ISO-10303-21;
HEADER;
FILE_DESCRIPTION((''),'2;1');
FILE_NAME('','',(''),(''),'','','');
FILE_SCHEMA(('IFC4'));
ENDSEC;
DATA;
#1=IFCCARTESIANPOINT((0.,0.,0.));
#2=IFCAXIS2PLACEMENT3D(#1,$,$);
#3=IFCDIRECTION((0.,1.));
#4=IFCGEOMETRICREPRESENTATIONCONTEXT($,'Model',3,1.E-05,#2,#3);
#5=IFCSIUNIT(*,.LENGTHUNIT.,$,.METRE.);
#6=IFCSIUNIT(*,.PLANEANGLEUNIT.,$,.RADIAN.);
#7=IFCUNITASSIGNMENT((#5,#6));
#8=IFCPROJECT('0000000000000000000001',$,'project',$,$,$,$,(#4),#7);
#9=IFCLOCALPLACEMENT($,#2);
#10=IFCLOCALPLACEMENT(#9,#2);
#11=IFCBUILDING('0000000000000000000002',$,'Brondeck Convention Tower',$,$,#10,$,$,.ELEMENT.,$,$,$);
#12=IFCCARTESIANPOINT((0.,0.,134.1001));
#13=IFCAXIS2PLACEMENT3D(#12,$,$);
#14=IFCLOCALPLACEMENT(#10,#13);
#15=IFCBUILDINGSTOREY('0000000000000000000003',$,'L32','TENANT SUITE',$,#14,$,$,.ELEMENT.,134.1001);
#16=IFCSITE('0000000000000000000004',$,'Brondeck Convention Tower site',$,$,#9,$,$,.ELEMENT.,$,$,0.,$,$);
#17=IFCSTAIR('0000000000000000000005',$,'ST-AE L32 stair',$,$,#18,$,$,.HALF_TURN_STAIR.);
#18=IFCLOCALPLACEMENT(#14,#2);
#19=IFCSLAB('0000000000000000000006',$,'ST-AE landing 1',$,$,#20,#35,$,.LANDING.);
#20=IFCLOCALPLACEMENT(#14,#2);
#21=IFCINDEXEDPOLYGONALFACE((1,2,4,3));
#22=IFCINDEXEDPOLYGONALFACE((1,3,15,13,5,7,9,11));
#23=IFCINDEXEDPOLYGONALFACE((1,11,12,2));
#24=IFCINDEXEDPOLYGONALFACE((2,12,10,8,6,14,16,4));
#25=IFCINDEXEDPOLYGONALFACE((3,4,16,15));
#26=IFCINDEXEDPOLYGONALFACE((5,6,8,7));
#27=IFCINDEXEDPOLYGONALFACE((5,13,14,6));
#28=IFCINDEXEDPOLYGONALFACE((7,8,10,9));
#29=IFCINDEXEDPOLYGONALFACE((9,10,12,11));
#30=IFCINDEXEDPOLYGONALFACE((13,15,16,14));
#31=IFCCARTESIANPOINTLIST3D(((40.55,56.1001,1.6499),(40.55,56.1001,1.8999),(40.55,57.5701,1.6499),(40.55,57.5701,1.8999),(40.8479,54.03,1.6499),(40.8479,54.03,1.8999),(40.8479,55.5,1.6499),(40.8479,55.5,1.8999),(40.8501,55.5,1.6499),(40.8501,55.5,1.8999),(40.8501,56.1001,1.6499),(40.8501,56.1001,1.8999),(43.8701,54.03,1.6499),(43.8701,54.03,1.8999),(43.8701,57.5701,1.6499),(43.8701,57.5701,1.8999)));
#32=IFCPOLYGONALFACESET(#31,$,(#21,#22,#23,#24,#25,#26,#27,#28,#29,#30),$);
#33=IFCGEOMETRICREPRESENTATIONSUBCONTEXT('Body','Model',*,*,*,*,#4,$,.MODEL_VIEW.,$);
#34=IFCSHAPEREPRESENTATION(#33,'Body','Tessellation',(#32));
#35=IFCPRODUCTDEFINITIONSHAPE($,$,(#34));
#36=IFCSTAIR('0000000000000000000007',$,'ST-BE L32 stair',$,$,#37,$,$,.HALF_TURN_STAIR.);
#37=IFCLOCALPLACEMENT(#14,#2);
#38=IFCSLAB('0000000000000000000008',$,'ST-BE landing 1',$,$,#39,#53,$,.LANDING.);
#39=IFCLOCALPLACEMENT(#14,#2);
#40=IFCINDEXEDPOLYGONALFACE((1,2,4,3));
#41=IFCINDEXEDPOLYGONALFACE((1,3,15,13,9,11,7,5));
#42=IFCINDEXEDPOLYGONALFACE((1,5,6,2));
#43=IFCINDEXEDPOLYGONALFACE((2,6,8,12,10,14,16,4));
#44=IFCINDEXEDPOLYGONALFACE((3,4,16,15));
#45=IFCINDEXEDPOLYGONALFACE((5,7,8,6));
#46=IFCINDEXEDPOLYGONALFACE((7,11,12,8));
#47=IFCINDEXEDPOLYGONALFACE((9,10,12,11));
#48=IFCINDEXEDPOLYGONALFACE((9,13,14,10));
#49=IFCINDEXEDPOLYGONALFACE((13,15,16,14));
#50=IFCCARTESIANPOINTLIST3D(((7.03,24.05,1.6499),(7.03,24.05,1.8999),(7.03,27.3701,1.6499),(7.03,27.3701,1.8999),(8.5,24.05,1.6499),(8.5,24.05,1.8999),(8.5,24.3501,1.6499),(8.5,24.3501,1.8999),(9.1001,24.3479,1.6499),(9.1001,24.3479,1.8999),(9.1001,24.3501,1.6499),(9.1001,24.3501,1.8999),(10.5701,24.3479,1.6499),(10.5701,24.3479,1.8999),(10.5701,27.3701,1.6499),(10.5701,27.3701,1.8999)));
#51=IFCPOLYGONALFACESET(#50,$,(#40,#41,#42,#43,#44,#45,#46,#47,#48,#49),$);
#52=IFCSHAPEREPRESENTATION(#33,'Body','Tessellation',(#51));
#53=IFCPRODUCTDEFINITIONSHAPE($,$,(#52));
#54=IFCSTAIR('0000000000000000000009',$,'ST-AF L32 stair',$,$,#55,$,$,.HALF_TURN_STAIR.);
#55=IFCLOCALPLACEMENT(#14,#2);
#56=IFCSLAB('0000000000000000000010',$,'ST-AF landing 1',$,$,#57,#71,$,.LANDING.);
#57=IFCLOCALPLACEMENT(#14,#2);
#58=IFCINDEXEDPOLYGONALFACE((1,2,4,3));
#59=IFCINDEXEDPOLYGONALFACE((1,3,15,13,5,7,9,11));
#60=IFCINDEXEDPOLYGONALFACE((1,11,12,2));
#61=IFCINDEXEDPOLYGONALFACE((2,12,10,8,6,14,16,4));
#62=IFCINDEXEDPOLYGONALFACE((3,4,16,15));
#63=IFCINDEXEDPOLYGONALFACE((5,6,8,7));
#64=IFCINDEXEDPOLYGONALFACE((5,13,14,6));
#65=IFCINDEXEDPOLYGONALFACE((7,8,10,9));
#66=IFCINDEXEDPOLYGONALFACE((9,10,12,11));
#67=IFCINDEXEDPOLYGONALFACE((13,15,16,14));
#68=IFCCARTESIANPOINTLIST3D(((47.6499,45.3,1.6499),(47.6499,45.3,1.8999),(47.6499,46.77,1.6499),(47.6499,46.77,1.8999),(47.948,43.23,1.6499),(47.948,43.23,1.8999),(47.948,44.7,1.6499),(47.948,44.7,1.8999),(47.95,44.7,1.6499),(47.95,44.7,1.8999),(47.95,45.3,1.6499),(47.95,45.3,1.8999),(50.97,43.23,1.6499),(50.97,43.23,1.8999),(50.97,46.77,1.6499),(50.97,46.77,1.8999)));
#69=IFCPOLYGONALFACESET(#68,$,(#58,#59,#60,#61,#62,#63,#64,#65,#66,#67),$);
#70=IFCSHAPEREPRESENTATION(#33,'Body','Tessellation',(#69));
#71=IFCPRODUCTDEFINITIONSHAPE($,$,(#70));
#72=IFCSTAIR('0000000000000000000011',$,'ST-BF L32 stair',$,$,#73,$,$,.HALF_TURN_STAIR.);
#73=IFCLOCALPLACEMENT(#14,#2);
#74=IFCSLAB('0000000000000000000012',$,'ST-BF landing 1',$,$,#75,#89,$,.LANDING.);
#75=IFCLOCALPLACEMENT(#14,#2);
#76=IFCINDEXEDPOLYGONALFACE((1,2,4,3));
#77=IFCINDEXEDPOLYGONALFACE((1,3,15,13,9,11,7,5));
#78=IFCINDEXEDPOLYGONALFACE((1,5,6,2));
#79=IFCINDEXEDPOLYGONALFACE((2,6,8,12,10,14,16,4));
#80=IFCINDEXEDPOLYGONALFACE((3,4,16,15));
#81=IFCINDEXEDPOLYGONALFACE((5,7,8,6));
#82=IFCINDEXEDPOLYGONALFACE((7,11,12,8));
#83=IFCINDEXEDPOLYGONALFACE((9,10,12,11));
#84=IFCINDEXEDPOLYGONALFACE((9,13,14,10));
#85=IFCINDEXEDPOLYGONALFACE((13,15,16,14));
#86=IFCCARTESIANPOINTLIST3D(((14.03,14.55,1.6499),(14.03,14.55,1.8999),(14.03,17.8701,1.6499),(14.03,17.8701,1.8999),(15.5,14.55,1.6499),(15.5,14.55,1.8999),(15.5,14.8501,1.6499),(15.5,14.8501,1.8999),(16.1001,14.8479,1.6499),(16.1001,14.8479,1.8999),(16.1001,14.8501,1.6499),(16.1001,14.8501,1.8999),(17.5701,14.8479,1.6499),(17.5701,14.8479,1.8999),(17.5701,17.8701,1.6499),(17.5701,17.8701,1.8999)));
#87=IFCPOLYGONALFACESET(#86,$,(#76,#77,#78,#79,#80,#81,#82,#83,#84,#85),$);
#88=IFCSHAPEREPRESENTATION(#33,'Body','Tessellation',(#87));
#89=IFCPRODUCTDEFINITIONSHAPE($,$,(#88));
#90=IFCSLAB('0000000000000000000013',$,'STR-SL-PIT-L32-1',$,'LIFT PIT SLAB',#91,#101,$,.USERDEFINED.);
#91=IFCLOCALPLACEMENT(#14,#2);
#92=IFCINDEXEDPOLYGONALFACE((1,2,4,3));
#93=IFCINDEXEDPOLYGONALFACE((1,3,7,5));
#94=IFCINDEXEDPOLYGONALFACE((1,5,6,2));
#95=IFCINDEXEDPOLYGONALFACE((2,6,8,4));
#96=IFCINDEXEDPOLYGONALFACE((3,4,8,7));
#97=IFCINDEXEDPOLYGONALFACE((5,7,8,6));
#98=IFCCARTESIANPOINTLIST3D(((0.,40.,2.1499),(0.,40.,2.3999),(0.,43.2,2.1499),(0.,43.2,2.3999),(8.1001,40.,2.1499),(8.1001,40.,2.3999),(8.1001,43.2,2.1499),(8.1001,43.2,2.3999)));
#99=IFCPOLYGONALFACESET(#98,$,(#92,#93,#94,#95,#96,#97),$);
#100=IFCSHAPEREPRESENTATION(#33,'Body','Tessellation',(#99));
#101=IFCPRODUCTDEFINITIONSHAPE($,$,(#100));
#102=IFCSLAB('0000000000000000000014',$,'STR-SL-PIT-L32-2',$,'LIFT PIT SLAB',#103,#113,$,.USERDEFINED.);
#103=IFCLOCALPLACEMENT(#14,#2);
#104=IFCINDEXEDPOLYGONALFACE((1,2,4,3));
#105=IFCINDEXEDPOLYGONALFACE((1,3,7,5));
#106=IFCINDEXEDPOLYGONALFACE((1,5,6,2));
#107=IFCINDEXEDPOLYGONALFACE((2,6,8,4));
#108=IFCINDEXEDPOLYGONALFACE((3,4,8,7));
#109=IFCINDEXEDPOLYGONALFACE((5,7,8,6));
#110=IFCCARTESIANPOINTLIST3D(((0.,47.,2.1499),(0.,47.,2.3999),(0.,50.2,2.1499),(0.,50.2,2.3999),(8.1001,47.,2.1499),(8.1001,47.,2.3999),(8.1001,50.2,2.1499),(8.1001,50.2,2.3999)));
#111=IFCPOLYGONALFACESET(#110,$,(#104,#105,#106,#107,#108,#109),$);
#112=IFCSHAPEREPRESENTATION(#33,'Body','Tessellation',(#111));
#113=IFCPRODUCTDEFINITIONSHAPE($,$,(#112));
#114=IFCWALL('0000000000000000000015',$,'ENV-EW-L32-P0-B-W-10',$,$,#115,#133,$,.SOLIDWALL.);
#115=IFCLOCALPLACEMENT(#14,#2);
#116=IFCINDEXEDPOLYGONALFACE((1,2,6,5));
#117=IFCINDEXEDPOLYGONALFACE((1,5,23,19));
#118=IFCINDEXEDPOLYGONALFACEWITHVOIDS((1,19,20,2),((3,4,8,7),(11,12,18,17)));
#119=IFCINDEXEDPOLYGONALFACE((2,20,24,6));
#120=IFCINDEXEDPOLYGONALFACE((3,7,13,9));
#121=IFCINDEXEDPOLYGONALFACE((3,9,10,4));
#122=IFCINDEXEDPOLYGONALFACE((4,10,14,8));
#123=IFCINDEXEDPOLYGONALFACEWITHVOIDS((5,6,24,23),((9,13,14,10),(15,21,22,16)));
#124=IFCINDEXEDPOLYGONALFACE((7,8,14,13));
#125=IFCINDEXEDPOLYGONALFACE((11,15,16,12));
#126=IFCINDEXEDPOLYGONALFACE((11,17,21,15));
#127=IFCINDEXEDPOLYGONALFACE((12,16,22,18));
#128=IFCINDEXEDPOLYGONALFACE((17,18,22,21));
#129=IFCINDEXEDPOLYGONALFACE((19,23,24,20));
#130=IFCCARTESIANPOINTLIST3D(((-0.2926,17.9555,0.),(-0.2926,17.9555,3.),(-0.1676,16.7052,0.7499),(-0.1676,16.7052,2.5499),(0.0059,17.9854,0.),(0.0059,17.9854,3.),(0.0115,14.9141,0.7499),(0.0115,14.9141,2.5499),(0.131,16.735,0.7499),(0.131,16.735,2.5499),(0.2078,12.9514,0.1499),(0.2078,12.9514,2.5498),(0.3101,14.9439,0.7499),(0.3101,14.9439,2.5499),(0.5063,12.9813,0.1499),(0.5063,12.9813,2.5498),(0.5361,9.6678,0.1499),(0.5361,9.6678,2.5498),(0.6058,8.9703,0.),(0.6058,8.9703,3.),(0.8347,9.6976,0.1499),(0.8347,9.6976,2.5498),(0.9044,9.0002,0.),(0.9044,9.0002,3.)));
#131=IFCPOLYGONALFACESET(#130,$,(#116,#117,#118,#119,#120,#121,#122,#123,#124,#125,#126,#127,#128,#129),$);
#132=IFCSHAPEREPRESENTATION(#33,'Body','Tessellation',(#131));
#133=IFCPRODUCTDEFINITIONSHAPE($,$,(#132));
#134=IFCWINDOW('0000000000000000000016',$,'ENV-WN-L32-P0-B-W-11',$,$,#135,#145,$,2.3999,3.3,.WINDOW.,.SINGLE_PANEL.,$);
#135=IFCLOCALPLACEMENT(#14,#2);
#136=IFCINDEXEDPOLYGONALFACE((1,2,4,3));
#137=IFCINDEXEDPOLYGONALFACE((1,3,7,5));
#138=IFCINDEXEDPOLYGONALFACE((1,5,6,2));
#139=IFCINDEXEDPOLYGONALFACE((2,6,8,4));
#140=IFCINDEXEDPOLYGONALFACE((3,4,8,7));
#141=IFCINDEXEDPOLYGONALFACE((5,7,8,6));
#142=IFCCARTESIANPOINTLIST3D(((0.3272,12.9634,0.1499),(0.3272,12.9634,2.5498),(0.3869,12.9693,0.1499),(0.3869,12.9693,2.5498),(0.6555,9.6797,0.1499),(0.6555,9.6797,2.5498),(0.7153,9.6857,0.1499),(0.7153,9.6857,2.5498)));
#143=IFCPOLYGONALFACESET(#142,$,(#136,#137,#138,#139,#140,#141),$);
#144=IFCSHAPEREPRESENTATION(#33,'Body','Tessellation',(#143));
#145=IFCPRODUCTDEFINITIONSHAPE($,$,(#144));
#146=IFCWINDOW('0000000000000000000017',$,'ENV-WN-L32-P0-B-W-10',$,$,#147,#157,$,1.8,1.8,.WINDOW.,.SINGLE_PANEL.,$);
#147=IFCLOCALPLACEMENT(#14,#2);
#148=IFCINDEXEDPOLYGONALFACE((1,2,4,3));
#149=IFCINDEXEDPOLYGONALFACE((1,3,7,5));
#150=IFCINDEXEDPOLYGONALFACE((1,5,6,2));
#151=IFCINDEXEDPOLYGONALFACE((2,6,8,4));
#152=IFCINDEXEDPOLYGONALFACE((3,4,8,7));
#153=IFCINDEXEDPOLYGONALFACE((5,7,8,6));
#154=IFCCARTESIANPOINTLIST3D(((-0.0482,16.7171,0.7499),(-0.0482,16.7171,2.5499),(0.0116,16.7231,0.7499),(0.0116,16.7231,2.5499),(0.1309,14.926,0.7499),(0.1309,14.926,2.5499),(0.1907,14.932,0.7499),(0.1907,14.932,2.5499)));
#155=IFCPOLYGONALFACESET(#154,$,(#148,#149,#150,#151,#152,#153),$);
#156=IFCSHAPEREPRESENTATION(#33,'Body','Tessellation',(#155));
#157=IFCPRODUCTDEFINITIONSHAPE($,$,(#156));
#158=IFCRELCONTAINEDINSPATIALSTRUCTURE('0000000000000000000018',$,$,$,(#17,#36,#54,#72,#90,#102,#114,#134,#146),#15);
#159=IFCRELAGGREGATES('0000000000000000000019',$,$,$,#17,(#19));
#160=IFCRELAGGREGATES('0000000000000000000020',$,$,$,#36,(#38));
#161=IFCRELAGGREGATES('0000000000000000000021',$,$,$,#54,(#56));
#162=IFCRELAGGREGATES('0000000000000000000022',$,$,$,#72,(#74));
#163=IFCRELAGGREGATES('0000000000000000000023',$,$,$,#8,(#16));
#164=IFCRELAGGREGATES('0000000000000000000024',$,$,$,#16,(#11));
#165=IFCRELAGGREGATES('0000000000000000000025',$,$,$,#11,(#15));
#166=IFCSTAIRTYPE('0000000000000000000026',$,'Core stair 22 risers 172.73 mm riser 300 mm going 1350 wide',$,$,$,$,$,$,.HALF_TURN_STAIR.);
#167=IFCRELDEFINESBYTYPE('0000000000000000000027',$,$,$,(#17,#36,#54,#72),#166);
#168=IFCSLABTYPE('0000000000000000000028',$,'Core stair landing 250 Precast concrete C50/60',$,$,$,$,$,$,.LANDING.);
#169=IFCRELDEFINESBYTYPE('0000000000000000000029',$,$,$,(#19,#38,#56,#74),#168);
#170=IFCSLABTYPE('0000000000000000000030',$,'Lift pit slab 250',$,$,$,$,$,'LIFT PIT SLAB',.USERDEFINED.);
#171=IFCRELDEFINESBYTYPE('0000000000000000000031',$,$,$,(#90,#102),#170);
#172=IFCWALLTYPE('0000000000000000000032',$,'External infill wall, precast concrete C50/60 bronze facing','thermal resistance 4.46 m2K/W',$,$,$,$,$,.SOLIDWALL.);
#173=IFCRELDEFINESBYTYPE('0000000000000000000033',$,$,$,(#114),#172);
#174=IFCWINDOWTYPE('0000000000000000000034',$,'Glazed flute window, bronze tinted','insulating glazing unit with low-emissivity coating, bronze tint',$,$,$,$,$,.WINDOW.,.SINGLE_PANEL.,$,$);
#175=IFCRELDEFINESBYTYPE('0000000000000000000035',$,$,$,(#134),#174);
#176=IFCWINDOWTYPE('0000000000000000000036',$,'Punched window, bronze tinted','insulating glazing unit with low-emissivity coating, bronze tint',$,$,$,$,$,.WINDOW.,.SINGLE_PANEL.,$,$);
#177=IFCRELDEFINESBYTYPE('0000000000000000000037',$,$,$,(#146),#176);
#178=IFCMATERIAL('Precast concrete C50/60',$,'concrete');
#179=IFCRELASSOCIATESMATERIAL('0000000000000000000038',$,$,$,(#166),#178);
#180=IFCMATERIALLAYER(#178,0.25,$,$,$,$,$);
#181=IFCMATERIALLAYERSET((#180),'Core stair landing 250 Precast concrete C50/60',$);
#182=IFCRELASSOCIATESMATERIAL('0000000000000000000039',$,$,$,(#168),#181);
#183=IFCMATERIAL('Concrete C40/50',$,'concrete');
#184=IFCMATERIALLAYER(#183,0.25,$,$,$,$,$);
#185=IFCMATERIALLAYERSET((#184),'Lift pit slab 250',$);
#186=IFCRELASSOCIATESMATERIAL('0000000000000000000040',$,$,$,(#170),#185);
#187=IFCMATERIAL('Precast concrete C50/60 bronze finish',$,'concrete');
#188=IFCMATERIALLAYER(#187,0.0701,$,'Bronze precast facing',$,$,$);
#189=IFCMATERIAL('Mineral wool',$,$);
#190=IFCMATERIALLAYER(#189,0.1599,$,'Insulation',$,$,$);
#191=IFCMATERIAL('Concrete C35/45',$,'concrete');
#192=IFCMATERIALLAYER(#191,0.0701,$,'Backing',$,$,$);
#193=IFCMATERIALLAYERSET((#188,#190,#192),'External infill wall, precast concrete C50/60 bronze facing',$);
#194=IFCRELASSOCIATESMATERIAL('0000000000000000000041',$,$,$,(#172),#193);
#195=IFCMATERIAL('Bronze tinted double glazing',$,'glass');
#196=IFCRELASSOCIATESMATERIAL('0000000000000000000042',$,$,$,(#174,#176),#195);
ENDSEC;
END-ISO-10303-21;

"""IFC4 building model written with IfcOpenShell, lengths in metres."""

from ifc_helpers import new_model, si_unit, direction, frame, frame_2d, origin, place, context, subcontext, project, spatial, polyline, rectangle, outline, extrude, material, layer, layer_set, type_object, element, fill, aggregate, save


model = new_model("IFC4")

# Units and contexts
model_context = context("Model", 3, precision=1e-05, world=origin(), true_north=direction((0.0, 1.0)))
body_context = subcontext(model_context, "Body", "Model", "MODEL_VIEW")
ifc_project = project(units=[si_unit("LENGTHUNIT", "METRE"), si_unit("PLANEANGLEUNIT", "RADIAN")], contexts=[model_context])

# Site, building, storey
site_placement = place(None, origin())
site = spatial("IfcSite", under=ifc_project, at=site_placement, Name="Brondeck Convention Tower site", CompositionType="ELEMENT", RefElevation=0.0)
building_placement = place(site_placement, origin())
building = spatial("IfcBuilding", under=site, at=building_placement, Name="Brondeck Convention Tower", CompositionType="ELEMENT")
storey_placement = place(building_placement, frame((0.0, 0.0, 134.1001)))
storey = spatial("IfcBuildingStorey", under=building, at=storey_placement, Name="L32", Description="TENANT SUITE", CompositionType="ELEMENT", Elevation=134.1001)

# Shared definitions
ifc_material_1 = material(Name="Concrete C35/45", Category="concrete")

# Stairs, slabs
ifc_material_2 = material(Name="Precast concrete C50/60", Category="concrete")
stair_type = type_object("IfcStairType", Name="Core stair 22 risers 172.73 mm riser 300 mm going 1350 wide", PredefinedType="HALF_TURN_STAIR", material=ifc_material_2)
ifc_layer_1 = layer(ifc_material_2, 0.25)
ifc_layer_set_1 = layer_set([ifc_layer_1], Name="Core stair landing 250 Precast concrete C50/60")
slab_type_1 = type_object("IfcSlabType", Name="Core stair landing 250 Precast concrete C50/60", PredefinedType="LANDING", material=ifc_layer_set_1)
stair_1_placement = place(storey_placement, origin())
stair_1 = element("IfcStair", 1, at=stair_1_placement, inside=storey, type_object=stair_type, Name="ST-AE L32 stair", PredefinedType="HALF_TURN_STAIR")
slab_1_placement = place(storey_placement, frame((0.0, 0.0, 1.6499)))
slab_1 = element("IfcSlab", 2, at=slab_1_placement, type_object=slab_type_1, Name="ST-AE landing 1", PredefinedType="LANDING", context=body_context, shape_type="SweptSolid", body=[
    extrude(outline(polyline([(40.8479, 55.5), (40.8501, 55.5), (40.8501, 56.1001), (40.55, 56.1001), (40.55, 57.5701), (43.8701, 57.5701), (43.8701, 54.03), (40.8479, 54.03), (40.8479, 55.5)])), origin(), (0.0, 0.0, 1.0), 0.25),
])
aggregate(stair_1, [slab_1])
stair_2_placement = place(storey_placement, origin())
stair_2 = element("IfcStair", 3, at=stair_2_placement, inside=storey, type_object=stair_type, Name="ST-BE L32 stair", PredefinedType="HALF_TURN_STAIR")
slab_2_placement = place(storey_placement, frame((0.0, 0.0, 1.6499)))
slab_2 = element("IfcSlab", 4, at=slab_2_placement, type_object=slab_type_1, Name="ST-BE landing 1", PredefinedType="LANDING", context=body_context, shape_type="SweptSolid", body=[
    extrude(outline(polyline([(7.03, 24.05), (7.03, 27.3701), (10.5701, 27.3701), (10.5701, 24.3479), (9.1001, 24.3479), (9.1001, 24.3501), (8.5, 24.3501), (8.5, 24.05), (7.03, 24.05)])), origin(), (0.0, 0.0, 1.0), 0.25),
])
aggregate(stair_2, [slab_2])
stair_3_placement = place(storey_placement, origin())
stair_3 = element("IfcStair", 5, at=stair_3_placement, inside=storey, type_object=stair_type, Name="ST-AF L32 stair", PredefinedType="HALF_TURN_STAIR")
slab_3_placement = place(storey_placement, frame((0.0, 0.0, 1.6499)))
slab_3 = element("IfcSlab", 6, at=slab_3_placement, type_object=slab_type_1, Name="ST-AF landing 1", PredefinedType="LANDING", context=body_context, shape_type="SweptSolid", body=[
    extrude(outline(polyline([(47.948, 44.7), (47.95, 44.7), (47.95, 45.3), (47.6499, 45.3), (47.6499, 46.77), (50.97, 46.77), (50.97, 43.23), (47.948, 43.23), (47.948, 44.7)])), origin(), (0.0, 0.0, 1.0), 0.25),
])
aggregate(stair_3, [slab_3])
stair_4_placement = place(storey_placement, origin())
stair_4 = element("IfcStair", 7, at=stair_4_placement, inside=storey, type_object=stair_type, Name="ST-BF L32 stair", PredefinedType="HALF_TURN_STAIR")
slab_4_placement = place(storey_placement, frame((0.0, 0.0, 1.6499)))
slab_4 = element("IfcSlab", 8, at=slab_4_placement, type_object=slab_type_1, Name="ST-BF landing 1", PredefinedType="LANDING", context=body_context, shape_type="SweptSolid", body=[
    extrude(outline(polyline([(14.03, 14.55), (14.03, 17.8701), (17.5701, 17.8701), (17.5701, 14.8479), (16.1001, 14.8479), (16.1001, 14.8501), (15.5, 14.8501), (15.5, 14.55), (14.03, 14.55)])), origin(), (0.0, 0.0, 1.0), 0.25),
])
aggregate(stair_4, [slab_4])

# Slabs
ifc_material_3 = material(Name="Concrete C40/50", Category="concrete")
ifc_layer_2 = layer(ifc_material_3, 0.25)
ifc_layer_set_2 = layer_set([ifc_layer_2], Name="Lift pit slab 250")
slab_type_2 = type_object("IfcSlabType", Name="Lift pit slab 250", ElementType="LIFT PIT SLAB", PredefinedType="USERDEFINED", material=ifc_layer_set_2)
slab_5_placement = place(storey_placement, frame((0.0, 0.0, 2.1499)))
element("IfcSlab", 9, at=slab_5_placement, inside=storey, type_object=slab_type_2, Name="STR-SL-PIT-L32-1", ObjectType="LIFT PIT SLAB", PredefinedType="USERDEFINED", context=body_context, shape_type="SweptSolid", body=[
    extrude(outline(polyline([(8.1001, 40.0), (8.1001, 43.2), (0.0, 43.2), (0.0, 40.0), (8.1001, 40.0)])), origin(), (0.0, 0.0, 1.0), 0.25),
])
slab_6_placement = place(storey_placement, frame((0.0, 0.0, 2.1499)))
element("IfcSlab", 10, at=slab_6_placement, inside=storey, type_object=slab_type_2, Name="STR-SL-PIT-L32-2", ObjectType="LIFT PIT SLAB", PredefinedType="USERDEFINED", context=body_context, shape_type="SweptSolid", body=[
    extrude(outline(polyline([(8.1001, 47.0), (8.1001, 50.2), (0.0, 50.2), (0.0, 47.0), (8.1001, 47.0)])), origin(), (0.0, 0.0, 1.0), 0.25),
])

# Wall, openings, windows
ifc_material_4 = material(Name="Precast concrete C50/60 bronze finish", Category="concrete")
ifc_layer_3 = layer(ifc_material_4, 0.0701, Name="Bronze precast facing")
ifc_material_5 = material(Name="Mineral wool")
ifc_layer_4 = layer(ifc_material_5, 0.1599, Name="Insulation")
ifc_layer_5 = layer(ifc_material_1, 0.0701, Name="Backing")
ifc_layer_set_3 = layer_set([ifc_layer_3, ifc_layer_4, ifc_layer_5], Name="External infill wall, precast concrete C50/60 bronze facing")
wall_type = type_object("IfcWallType", Name="External infill wall, precast concrete C50/60 bronze facing", Description="thermal resistance 4.46 m2K/W", PredefinedType="SOLIDWALL", material=ifc_layer_set_3)
wall_1_placement = place(storey_placement, frame((0.7551, 8.9851, 0.0), z_axis=(0.0, 0.0, 1.0), x_axis=(-0.099496, 0.995038, 0.0)))
wall_1 = element("IfcWall", 11, at=wall_1_placement, inside=storey, type_object=wall_type, Name="ENV-EW-L32-P0-B-W-10", PredefinedType="SOLIDWALL", context=body_context, shape_type="SweptSolid", body=[
    extrude(rectangle(XDim=9.03, YDim=0.3, at=frame_2d((4.5151, 0.0))), origin(), (0.0, 0.0, 1.0), 3.0),
])
opening_1_placement = place(wall_1_placement, frame((0.7012, 0.0, 0.1499)))
opening_1 = element("IfcOpeningElement", 12, at=opening_1_placement, cuts=wall_1, PredefinedType="OPENING", context=body_context, shape_type="SweptSolid", body=[
    extrude(rectangle(XDim=3.3, YDim=2.3999, at=frame_2d((1.6499, 1.2))), frame((0.0, 0.1599, 0.0), z_axis=(0.0, -1.0, 0.0), x_axis=(1.0, 0.0, 0.0)), (0.0, 0.0, 1.0), 0.3201),
])
opening_2_placement = place(wall_1_placement, frame((5.9736, 0.0, 0.75)))
opening_2 = element("IfcOpeningElement", 13, at=opening_2_placement, cuts=wall_1, PredefinedType="OPENING", context=body_context, shape_type="SweptSolid", body=[
    extrude(rectangle(XDim=1.8, YDim=1.8, at=frame_2d((0.8999, 0.8999))), frame((0.0, 0.1599, 0.0), z_axis=(0.0, -1.0, 0.0), x_axis=(1.0, 0.0, 0.0)), (0.0, 0.0, 1.0), 0.3201),
])
ifc_material_6 = material(Name="Bronze tinted double glazing", Category="glass")
window_type_1 = type_object("IfcWindowType", Name="Glazed flute window, bronze tinted", Description="insulating glazing unit with low-emissivity coating, bronze tint", PartitioningType="SINGLE_PANEL", PredefinedType="WINDOW", material=ifc_material_6)
window_1_placement = place(opening_1_placement, origin())
window_1 = element("IfcWindow", 14, at=window_1_placement, inside=storey, type_object=window_type_1, Name="ENV-WN-L32-P0-B-W-11", OverallHeight=2.3999, OverallWidth=3.3, PartitioningType="SINGLE_PANEL", PredefinedType="WINDOW", context=body_context, shape_type="SweptSolid", body=[
    extrude(rectangle(XDim=3.3, YDim=2.3999, at=frame_2d((1.6499, 1.2))), frame((0.0, 0.03, 0.0), z_axis=(0.0, -1.0, 0.0), x_axis=(1.0, 0.0, 0.0)), (0.0, 0.0, 1.0), 0.0601),
])
fill(opening_1, window_1)
window_type_2 = type_object("IfcWindowType", Name="Punched window, bronze tinted", Description="insulating glazing unit with low-emissivity coating, bronze tint", PartitioningType="SINGLE_PANEL", PredefinedType="WINDOW", material=ifc_material_6)
window_2_placement = place(opening_2_placement, origin())
window_2 = element("IfcWindow", 15, at=window_2_placement, inside=storey, type_object=window_type_2, Name="ENV-WN-L32-P0-B-W-10", OverallHeight=1.8, OverallWidth=1.8, PartitioningType="SINGLE_PANEL", PredefinedType="WINDOW", context=body_context, shape_type="SweptSolid", body=[
    extrude(rectangle(XDim=1.8, YDim=1.8, at=frame_2d((0.8999, 0.8999))), frame((0.0, 0.03, 0.0), z_axis=(0.0, -1.0, 0.0), x_axis=(1.0, 0.0, 0.0)), (0.0, 0.0, 1.0), 0.0601),
])
fill(opening_2, window_2)

save(model, "model.ifc")
